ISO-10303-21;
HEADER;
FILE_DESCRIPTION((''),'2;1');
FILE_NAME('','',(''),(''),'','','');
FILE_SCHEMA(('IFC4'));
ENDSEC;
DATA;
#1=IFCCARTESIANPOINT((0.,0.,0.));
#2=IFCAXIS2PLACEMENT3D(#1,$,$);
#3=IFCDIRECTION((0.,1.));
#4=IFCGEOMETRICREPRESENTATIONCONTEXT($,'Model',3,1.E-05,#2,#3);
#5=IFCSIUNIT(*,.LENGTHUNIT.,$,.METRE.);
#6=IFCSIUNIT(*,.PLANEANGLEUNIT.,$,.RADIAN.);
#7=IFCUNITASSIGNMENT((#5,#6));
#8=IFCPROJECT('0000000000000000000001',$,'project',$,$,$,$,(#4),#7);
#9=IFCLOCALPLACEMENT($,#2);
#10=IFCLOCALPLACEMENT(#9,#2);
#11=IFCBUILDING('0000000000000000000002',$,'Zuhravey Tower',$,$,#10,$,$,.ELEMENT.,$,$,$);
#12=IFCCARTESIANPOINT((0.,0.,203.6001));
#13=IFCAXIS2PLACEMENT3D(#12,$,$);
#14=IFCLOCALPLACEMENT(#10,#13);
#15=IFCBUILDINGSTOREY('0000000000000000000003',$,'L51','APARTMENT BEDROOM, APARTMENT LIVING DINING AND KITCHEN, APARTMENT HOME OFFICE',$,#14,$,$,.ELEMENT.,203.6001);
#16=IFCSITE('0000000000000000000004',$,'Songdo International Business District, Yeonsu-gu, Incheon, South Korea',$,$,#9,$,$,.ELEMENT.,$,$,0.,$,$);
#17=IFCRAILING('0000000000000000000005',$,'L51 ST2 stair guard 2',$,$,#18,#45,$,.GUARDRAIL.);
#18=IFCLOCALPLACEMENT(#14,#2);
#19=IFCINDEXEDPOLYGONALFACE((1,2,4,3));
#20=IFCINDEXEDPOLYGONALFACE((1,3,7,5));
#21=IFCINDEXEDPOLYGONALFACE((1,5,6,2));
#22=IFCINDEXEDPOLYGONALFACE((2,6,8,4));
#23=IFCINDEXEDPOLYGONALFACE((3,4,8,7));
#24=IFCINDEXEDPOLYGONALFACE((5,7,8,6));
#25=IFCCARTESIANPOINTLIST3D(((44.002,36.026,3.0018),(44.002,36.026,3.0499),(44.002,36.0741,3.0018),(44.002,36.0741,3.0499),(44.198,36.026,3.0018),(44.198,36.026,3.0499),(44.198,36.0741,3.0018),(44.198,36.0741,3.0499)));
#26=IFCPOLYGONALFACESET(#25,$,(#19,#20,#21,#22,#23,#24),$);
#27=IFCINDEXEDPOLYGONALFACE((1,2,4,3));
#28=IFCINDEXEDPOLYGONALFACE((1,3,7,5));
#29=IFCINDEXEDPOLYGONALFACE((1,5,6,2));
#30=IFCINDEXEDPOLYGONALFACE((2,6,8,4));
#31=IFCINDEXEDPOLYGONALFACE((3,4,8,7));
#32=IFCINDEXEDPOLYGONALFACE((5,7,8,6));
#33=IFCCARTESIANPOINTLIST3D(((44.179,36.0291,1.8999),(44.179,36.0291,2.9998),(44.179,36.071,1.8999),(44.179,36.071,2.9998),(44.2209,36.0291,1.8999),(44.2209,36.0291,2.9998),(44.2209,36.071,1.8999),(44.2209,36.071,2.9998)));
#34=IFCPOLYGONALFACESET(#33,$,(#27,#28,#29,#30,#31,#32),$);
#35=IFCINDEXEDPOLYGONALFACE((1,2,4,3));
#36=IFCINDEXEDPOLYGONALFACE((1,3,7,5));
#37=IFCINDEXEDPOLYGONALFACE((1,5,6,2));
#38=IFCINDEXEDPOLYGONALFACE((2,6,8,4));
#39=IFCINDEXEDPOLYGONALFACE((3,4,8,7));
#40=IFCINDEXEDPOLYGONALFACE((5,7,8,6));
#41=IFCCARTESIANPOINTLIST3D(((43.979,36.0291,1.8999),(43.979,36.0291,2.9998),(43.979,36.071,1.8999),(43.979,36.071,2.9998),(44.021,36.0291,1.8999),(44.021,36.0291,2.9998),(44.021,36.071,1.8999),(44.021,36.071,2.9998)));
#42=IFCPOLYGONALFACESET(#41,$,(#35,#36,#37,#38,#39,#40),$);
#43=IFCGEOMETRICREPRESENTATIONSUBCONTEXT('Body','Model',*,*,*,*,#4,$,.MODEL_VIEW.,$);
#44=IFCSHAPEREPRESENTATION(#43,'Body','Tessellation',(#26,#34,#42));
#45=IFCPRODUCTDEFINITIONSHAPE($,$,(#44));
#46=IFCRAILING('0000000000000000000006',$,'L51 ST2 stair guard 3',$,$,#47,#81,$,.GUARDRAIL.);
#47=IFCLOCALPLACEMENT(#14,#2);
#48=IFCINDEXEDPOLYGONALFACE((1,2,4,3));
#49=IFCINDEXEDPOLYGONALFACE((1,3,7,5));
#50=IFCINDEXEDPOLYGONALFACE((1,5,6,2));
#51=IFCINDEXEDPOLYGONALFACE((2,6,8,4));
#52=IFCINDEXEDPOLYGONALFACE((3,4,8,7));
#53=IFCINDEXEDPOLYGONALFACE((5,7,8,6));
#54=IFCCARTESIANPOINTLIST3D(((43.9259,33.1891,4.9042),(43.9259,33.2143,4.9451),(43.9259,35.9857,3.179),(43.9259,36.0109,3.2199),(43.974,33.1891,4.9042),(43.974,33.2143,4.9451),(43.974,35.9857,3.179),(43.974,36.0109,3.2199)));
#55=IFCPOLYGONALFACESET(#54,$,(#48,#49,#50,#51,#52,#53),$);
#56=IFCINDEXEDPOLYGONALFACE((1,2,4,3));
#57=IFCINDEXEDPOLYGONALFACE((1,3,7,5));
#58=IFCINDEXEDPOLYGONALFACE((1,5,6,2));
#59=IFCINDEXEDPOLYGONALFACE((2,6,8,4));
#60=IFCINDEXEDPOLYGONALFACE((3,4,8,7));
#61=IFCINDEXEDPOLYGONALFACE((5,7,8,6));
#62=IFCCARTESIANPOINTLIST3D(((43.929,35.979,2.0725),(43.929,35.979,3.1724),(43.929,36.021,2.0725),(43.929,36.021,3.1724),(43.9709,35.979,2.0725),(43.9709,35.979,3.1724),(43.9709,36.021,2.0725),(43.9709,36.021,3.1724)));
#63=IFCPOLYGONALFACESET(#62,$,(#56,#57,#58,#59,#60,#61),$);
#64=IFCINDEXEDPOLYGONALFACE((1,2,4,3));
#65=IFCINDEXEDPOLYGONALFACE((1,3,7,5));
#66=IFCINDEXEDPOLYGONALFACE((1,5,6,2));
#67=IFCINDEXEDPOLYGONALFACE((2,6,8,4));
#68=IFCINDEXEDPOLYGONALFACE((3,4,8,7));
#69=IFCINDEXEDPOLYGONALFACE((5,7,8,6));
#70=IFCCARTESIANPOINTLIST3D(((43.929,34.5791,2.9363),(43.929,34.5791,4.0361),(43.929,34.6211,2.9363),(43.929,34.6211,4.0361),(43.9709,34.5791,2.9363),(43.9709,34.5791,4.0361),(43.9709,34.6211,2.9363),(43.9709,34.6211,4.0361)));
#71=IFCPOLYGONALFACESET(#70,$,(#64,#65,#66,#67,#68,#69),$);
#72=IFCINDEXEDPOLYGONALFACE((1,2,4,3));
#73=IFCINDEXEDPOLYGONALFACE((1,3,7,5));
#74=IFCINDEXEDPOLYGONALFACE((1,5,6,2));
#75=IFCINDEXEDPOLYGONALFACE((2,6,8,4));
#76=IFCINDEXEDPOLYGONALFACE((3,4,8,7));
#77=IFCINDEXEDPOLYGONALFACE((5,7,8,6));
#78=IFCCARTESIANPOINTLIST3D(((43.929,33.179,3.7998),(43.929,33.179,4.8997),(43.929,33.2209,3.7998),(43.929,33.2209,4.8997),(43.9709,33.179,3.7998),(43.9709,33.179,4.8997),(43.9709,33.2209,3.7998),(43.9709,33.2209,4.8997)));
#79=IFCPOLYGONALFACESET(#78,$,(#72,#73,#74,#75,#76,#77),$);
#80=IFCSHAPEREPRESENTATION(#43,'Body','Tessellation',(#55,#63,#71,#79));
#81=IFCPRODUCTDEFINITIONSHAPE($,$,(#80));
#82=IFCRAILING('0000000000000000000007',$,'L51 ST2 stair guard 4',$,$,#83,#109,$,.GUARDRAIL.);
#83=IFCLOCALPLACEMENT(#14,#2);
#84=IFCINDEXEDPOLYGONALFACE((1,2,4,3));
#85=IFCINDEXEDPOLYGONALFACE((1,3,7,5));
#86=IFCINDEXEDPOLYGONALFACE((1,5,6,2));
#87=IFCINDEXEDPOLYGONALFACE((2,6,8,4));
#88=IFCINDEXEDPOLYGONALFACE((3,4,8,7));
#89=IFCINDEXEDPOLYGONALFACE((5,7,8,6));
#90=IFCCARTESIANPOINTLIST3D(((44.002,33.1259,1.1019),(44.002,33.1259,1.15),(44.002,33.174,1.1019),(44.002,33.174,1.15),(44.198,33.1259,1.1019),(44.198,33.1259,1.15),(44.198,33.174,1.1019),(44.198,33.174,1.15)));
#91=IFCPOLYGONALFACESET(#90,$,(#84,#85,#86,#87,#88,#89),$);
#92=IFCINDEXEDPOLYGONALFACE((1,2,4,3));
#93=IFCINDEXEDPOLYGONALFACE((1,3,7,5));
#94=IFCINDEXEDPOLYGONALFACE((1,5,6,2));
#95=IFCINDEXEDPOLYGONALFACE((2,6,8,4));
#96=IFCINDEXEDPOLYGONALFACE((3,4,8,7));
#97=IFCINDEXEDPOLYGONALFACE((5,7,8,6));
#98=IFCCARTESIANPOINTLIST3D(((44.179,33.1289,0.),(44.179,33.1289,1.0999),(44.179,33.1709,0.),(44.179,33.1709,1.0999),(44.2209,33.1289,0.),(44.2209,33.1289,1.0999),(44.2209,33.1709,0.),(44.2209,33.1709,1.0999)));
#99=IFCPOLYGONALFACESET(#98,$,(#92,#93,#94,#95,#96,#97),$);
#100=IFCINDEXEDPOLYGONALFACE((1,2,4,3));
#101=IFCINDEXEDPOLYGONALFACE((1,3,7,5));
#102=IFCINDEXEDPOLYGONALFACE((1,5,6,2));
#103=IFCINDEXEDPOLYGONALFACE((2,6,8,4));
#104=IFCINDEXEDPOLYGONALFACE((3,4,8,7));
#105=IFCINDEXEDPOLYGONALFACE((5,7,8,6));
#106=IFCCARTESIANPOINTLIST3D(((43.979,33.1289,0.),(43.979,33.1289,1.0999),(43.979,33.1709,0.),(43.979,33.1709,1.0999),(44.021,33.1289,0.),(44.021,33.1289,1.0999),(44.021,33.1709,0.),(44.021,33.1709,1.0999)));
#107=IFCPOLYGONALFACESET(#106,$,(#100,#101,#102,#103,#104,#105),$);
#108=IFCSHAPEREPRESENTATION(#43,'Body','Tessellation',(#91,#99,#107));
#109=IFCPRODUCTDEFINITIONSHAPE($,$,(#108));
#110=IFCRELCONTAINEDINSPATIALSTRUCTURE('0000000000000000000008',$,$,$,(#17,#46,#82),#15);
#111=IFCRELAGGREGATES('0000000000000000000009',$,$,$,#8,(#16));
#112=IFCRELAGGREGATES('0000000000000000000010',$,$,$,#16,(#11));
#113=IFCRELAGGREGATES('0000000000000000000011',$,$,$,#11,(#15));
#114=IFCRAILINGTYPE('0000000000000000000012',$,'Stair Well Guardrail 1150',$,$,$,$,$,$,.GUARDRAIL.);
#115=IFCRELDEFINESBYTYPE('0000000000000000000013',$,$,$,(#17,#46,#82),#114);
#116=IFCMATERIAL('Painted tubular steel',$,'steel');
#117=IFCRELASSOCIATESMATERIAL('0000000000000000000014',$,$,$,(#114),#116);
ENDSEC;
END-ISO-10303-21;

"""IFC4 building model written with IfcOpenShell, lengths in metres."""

from ifc_helpers import new_model, si_unit, direction, frame, origin, origin_2d, place, context, subcontext, project, spatial, rectangle, extrude, material, type_object, element, save


model = new_model("IFC4")

# Units and contexts
model_context = context("Model", 3, precision=1e-05, world=origin(), true_north=direction((0.0, 1.0)))
body_context = subcontext(model_context, "Body", "Model", "MODEL_VIEW")
ifc_project = project(units=[si_unit("LENGTHUNIT", "METRE"), si_unit("PLANEANGLEUNIT", "RADIAN")], contexts=[model_context])

# Site, building, storey
site_placement = place(None, origin())
site = spatial("IfcSite", under=ifc_project, at=site_placement, Name="Songdo International Business District, Yeonsu-gu, Incheon, South Korea", CompositionType="ELEMENT", RefElevation=0.0)
building_placement = place(site_placement, origin())
building = spatial("IfcBuilding", under=site, at=building_placement, Name="Zuhravey Tower", CompositionType="ELEMENT")
storey_placement = place(building_placement, frame((0.0, 0.0, 203.6001)))
storey = spatial("IfcBuildingStorey", under=building, at=storey_placement, Name="L51", Description="APARTMENT BEDROOM, APARTMENT LIVING DINING AND KITCHEN, APARTMENT HOME OFFICE", CompositionType="ELEMENT", Elevation=203.6001)

# Railings
ifc_material_1 = material(Name="Painted tubular steel", Category="steel")
railing_type_1 = type_object("IfcRailingType", Name="Stair Well Guardrail 1150", PredefinedType="GUARDRAIL", material=ifc_material_1)
railing_1_placement = place(storey_placement, frame((44.2, 36.05, 1.8999)))
element("IfcRailing", 1, at=railing_1_placement, inside=storey, type_object=railing_type_1, Name="L51 ST2 stair guard 2", PredefinedType="GUARDRAIL", context=body_context, shape_type="SweptSolid", body=[
    extrude(rectangle(XDim=0.0481, YDim=0.0481, at=origin_2d()), frame((-0.002, 0.0, 1.126), z_axis=(-1.0, 0.0, 0.0), x_axis=(0.0, -1.0, 0.0)), (0.0, 0.0, 1.0), 0.196),
    extrude(rectangle(XDim=0.042, YDim=0.042, at=origin_2d()), origin(), (0.0, 0.0, 1.0), 1.0999),
    extrude(rectangle(XDim=0.042, YDim=0.042, at=origin_2d()), frame((-0.2, 0.0, 0.0)), (0.0, 0.0, 1.0), 1.0999),
])
railing_2_placement = place(storey_placement, frame((43.95, 36.0, 2.0725)))
element("IfcRailing", 2, at=railing_2_placement, inside=storey, type_object=railing_type_1, Name="L51 ST2 stair guard 3", PredefinedType="GUARDRAIL", context=body_context, shape_type="SweptSolid", body=[
    extrude(rectangle(XDim=0.0481, YDim=0.0481, at=origin_2d()), frame((0.0, -0.0017, 1.127), z_axis=(0.0, -0.85109, 0.52502), x_axis=(1.0, 0.0, 0.0)), (0.0, 0.0, 1.0), 3.2859),
    extrude(rectangle(XDim=0.042, YDim=0.042, at=origin_2d()), origin(), (0.0, 0.0, 1.0), 1.0999),
    extrude(rectangle(XDim=0.042, YDim=0.042, at=origin_2d()), frame((0.0, -1.3999, 0.8638)), (0.0, 0.0, 1.0), 1.0999),
    extrude(rectangle(XDim=0.042, YDim=0.042, at=origin_2d()), frame((0.0, -2.8, 1.7273)), (0.0, 0.0, 1.0), 1.0999),
])
railing_3_placement = place(storey_placement, frame((44.2, 33.1499, 0.0)))
element("IfcRailing", 3, at=railing_3_placement, inside=storey, type_object=railing_type_1, Name="L51 ST2 stair guard 4", PredefinedType="GUARDRAIL", context=body_context, shape_type="SweptSolid", body=[
    extrude(rectangle(XDim=0.0481, YDim=0.0481, at=origin_2d()), frame((-0.002, 0.0, 1.126), z_axis=(-1.0, 0.0, 0.0), x_axis=(0.0, -1.0, 0.0)), (0.0, 0.0, 1.0), 0.196),
    extrude(rectangle(XDim=0.042, YDim=0.042, at=origin_2d()), origin(), (0.0, 0.0, 1.0), 1.0999),
    extrude(rectangle(XDim=0.042, YDim=0.042, at=origin_2d()), frame((-0.2, 0.0, 0.0)), (0.0, 0.0, 1.0), 1.0999),
])

save(model, "model.ifc")
